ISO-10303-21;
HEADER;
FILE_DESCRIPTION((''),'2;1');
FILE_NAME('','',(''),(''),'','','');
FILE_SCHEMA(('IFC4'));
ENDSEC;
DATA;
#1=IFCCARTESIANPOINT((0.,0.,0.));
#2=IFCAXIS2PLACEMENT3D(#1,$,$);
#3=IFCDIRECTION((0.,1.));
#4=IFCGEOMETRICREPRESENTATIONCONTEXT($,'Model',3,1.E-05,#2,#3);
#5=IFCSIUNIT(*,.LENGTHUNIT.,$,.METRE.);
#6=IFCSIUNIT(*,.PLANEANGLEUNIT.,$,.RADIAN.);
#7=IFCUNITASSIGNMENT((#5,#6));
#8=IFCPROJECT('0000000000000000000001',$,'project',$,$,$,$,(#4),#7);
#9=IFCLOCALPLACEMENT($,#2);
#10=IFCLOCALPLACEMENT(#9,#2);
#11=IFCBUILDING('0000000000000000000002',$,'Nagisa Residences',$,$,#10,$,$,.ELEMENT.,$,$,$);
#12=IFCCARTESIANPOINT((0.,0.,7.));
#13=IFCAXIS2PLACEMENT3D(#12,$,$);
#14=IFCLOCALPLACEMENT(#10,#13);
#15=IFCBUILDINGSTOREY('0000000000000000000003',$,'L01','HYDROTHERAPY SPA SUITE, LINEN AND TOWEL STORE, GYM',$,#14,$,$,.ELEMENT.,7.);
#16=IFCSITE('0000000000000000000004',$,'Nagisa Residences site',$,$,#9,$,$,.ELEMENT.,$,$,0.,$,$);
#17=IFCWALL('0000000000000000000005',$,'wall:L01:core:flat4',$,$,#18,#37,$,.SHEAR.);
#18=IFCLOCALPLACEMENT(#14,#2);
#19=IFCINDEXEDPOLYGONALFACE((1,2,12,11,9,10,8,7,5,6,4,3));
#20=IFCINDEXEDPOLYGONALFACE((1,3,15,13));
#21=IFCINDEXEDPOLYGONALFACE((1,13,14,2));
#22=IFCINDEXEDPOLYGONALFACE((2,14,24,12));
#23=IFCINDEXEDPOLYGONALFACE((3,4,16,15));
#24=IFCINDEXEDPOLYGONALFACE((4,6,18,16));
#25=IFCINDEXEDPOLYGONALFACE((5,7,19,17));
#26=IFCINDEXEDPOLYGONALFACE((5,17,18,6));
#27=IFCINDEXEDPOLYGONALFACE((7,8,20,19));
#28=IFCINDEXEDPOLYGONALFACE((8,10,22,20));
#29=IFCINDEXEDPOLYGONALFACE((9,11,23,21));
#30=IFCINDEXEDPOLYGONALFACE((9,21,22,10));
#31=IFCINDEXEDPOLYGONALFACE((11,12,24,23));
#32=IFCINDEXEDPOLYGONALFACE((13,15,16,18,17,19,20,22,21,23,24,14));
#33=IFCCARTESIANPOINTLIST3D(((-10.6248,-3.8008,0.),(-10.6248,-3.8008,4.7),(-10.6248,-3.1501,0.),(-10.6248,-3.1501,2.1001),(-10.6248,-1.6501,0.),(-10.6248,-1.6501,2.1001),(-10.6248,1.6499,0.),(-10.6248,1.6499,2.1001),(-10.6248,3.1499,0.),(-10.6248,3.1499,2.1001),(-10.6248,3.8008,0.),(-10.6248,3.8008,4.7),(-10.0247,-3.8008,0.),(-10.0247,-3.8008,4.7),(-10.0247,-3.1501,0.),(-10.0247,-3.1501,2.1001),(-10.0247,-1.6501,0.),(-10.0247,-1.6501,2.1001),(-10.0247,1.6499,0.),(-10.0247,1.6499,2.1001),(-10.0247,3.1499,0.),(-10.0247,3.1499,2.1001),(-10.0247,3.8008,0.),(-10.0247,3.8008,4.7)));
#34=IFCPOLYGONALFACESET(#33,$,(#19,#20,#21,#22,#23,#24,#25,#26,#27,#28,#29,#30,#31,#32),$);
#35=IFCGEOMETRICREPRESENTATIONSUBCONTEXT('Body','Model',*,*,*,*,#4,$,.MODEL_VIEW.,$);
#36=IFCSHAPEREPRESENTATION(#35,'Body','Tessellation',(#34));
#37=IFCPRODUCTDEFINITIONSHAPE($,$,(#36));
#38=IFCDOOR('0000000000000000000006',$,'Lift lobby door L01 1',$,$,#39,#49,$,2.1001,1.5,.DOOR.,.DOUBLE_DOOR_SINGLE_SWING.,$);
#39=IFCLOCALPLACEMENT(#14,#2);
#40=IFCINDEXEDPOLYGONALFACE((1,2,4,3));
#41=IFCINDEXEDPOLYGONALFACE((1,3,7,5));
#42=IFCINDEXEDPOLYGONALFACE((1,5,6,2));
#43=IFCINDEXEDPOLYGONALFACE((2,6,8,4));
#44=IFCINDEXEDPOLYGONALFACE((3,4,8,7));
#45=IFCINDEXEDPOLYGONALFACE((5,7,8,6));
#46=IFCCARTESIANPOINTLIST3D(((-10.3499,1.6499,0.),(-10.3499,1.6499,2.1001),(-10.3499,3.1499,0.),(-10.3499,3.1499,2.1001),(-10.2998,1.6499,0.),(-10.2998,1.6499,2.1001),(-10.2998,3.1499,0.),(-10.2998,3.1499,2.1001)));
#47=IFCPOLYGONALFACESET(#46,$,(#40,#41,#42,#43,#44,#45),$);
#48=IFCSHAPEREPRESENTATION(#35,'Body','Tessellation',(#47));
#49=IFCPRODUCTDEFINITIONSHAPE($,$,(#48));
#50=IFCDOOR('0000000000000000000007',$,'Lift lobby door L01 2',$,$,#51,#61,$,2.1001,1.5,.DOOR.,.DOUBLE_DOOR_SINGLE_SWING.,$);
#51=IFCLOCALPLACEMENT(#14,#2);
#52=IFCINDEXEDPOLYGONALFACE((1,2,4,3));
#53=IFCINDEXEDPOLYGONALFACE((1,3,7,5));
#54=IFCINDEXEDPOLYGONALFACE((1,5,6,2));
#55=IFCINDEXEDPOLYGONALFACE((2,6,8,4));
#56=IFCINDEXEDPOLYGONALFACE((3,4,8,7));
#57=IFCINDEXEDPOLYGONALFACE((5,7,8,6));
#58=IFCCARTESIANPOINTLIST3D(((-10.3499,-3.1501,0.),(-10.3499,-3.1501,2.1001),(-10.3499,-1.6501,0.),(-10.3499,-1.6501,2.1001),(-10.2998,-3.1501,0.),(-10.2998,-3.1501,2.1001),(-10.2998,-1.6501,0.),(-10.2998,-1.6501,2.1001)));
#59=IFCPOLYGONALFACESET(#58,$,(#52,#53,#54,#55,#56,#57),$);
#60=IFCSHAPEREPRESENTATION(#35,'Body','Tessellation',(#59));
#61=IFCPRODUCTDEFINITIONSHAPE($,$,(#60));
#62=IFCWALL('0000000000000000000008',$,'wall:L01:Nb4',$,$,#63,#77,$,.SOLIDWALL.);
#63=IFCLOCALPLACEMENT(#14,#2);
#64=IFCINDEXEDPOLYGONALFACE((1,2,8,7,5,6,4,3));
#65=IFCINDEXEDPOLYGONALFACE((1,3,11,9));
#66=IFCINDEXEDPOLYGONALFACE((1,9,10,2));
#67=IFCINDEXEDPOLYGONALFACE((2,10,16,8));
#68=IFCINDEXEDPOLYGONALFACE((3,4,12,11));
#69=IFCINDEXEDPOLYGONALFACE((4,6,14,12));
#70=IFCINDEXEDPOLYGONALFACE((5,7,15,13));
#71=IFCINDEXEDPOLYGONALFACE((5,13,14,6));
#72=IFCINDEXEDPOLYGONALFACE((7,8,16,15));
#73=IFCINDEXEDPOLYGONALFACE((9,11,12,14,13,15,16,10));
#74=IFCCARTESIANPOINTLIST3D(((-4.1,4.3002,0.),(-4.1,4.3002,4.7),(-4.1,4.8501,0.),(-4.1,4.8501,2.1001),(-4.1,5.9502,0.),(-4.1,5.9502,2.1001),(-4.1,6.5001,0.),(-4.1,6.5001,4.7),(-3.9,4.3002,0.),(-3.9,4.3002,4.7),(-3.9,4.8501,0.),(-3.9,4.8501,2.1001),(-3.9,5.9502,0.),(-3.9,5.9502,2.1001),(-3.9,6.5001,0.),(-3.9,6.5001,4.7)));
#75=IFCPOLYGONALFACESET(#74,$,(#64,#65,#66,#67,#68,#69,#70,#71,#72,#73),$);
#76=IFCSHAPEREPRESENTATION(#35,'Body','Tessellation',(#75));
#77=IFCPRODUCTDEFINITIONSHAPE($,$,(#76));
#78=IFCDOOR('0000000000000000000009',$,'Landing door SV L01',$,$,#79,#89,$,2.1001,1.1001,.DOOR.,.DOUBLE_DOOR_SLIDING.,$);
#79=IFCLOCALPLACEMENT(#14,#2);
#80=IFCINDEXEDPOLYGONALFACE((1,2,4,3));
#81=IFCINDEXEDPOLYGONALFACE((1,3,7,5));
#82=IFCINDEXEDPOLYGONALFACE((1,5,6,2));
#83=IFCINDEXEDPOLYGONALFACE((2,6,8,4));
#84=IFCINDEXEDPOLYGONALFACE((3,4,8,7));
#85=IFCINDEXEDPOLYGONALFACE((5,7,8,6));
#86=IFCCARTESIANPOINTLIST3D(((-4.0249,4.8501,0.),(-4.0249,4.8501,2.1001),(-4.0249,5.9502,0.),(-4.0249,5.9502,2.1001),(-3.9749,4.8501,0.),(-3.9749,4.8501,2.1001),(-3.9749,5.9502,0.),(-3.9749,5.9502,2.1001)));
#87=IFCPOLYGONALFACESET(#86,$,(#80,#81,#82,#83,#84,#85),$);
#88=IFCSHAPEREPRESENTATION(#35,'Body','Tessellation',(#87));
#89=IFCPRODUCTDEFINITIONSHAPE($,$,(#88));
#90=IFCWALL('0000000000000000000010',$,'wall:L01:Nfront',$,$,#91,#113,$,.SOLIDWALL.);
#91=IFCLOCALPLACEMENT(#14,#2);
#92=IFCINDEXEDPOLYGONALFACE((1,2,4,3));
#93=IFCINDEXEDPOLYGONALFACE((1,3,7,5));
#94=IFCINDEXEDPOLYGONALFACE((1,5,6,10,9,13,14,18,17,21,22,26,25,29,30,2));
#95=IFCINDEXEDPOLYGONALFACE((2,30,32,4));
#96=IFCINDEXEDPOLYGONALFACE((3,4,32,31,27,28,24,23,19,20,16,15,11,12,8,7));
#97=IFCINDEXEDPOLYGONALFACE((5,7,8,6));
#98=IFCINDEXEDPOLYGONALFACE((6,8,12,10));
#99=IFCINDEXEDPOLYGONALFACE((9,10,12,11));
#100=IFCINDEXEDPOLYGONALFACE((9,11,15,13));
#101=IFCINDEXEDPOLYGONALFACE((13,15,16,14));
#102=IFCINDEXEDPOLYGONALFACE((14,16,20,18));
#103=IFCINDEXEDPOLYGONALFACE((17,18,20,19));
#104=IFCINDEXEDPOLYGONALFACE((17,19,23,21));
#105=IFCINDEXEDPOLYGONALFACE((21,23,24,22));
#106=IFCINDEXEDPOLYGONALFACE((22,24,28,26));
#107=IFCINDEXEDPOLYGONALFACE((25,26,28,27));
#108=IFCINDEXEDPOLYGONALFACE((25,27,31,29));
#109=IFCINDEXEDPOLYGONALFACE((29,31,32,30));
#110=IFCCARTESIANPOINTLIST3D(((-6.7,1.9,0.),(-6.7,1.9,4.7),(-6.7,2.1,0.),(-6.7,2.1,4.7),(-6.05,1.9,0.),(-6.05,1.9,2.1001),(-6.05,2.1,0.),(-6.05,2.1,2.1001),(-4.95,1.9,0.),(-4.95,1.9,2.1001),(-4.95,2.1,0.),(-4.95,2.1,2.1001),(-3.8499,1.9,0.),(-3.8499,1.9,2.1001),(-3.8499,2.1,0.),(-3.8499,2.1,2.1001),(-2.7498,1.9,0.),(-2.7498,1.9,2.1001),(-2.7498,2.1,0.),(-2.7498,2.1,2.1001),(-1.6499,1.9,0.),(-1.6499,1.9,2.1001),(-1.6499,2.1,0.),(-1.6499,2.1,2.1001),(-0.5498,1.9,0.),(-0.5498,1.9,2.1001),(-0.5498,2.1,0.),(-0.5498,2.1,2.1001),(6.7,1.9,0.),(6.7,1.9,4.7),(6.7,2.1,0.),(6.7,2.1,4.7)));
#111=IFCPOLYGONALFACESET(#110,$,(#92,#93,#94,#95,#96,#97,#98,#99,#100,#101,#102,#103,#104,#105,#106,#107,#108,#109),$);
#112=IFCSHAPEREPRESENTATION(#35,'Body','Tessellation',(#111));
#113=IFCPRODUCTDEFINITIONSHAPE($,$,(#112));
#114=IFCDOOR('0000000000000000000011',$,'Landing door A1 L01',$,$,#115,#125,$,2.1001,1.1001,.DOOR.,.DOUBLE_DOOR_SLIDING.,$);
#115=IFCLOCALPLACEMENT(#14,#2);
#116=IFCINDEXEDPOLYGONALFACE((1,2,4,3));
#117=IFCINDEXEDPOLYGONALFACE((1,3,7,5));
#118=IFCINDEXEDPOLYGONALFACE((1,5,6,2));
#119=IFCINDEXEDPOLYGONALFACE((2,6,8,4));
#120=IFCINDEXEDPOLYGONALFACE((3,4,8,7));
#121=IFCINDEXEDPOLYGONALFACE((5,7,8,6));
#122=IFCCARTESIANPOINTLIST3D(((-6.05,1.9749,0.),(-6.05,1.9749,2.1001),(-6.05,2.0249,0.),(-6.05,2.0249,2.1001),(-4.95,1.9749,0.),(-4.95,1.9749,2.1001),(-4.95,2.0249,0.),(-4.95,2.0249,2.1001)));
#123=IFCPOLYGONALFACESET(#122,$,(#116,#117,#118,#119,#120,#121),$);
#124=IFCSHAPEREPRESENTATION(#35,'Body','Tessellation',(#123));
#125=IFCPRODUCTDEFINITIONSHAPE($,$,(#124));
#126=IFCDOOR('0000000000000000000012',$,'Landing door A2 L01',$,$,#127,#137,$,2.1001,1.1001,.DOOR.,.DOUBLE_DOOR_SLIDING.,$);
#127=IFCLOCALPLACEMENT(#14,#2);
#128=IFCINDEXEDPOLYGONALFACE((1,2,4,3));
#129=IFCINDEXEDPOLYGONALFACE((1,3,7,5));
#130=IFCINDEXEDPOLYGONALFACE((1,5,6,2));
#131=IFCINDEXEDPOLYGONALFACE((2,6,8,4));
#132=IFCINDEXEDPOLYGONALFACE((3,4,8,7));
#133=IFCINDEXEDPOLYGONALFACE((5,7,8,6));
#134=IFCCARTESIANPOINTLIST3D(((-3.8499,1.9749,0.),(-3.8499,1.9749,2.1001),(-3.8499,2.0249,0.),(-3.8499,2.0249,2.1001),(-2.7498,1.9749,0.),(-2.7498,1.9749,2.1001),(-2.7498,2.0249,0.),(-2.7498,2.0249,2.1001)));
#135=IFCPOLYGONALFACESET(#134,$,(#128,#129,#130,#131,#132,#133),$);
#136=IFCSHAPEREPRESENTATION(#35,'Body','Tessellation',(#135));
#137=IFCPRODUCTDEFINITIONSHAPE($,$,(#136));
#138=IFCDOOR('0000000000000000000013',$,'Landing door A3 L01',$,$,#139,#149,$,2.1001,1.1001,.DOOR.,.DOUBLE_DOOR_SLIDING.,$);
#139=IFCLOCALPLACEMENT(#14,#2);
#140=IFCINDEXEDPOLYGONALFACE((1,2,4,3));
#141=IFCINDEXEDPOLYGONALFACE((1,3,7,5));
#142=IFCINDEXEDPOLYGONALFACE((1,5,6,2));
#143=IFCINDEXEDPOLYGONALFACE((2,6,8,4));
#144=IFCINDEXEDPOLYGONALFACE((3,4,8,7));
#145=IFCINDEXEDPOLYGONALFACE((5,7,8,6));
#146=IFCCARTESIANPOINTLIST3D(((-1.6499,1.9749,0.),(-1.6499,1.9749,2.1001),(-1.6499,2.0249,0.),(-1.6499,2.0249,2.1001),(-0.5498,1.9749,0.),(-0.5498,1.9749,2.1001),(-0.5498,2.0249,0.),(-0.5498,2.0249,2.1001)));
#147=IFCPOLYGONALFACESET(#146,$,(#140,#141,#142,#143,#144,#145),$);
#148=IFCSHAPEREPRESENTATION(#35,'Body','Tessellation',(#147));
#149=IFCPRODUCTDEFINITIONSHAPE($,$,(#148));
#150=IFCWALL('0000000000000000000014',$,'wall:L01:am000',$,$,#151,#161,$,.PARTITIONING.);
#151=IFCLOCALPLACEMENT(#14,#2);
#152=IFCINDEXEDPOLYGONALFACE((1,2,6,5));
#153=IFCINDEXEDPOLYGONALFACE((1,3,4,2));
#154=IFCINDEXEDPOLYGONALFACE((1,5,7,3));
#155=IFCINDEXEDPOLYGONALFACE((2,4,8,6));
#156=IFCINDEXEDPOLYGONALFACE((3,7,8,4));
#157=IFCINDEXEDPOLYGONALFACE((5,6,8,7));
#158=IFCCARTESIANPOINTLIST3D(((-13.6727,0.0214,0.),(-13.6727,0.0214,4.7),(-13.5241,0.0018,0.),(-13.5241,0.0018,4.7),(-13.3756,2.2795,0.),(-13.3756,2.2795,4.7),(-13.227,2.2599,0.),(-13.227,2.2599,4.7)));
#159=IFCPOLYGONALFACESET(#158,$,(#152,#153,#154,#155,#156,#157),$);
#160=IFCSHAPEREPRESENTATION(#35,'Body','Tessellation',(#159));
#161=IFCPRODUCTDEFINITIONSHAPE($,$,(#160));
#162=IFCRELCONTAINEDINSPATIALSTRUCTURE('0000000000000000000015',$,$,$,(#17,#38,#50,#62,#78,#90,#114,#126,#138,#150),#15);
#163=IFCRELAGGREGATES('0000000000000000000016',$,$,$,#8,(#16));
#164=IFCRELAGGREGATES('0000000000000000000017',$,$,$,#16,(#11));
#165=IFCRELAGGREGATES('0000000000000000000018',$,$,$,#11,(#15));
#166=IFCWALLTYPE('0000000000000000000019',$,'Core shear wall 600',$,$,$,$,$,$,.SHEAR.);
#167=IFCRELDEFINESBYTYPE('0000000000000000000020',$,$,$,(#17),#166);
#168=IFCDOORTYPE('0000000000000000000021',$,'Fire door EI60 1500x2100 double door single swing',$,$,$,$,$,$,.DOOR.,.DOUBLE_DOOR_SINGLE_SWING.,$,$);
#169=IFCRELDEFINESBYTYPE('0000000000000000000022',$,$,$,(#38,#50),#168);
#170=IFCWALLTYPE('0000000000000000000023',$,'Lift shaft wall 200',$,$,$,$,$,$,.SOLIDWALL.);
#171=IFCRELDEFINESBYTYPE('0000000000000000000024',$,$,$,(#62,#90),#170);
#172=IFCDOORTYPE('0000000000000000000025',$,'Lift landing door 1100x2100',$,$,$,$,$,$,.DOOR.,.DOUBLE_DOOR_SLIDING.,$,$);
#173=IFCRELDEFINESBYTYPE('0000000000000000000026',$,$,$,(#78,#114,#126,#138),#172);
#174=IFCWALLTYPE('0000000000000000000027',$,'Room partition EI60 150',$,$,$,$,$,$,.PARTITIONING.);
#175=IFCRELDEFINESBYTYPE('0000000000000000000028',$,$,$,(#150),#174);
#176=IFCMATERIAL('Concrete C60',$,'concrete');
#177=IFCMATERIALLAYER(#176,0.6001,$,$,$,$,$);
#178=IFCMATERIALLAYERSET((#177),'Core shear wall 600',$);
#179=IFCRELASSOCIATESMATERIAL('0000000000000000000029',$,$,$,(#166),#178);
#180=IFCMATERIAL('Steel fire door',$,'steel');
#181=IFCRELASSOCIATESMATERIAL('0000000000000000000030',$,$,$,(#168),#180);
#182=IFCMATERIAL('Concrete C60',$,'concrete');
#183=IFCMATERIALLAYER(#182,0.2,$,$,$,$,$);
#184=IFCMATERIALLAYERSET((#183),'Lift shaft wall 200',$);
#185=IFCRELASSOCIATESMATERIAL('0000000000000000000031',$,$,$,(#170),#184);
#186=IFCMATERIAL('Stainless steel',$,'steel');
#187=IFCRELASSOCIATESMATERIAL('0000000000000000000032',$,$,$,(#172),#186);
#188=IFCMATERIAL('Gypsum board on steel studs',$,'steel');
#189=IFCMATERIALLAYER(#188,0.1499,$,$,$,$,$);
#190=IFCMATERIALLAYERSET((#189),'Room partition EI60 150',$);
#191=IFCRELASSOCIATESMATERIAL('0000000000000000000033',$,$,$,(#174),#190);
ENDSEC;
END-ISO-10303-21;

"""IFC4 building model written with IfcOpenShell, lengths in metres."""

from ifc_helpers import new_model, si_unit, direction, frame, frame_2d, origin, place, context, subcontext, project, spatial, rectangle, extrude, material, layer, layer_set, type_object, element, fill, save


model = new_model("IFC4")

# Units and contexts
model_context = context("Model", 3, precision=1e-05, world=origin(), true_north=direction((0.0, 1.0)))
body_context = subcontext(model_context, "Body", "Model", "MODEL_VIEW")
ifc_project = project(units=[si_unit("LENGTHUNIT", "METRE"), si_unit("PLANEANGLEUNIT", "RADIAN")], contexts=[model_context])

# Site, building, storey
site_placement = place(None, origin())
site = spatial("IfcSite", under=ifc_project, at=site_placement, Name="Nagisa Residences site", CompositionType="ELEMENT", RefElevation=0.0)
building_placement = place(site_placement, origin())
building = spatial("IfcBuilding", under=site, at=building_placement, Name="Nagisa Residences", CompositionType="ELEMENT")
storey_placement = place(building_placement, frame((0.0, 0.0, 7.0)))
storey = spatial("IfcBuildingStorey", under=building, at=storey_placement, Name="L01", Description="HYDROTHERAPY SPA SUITE, LINEN AND TOWEL STORE, GYM", CompositionType="ELEMENT", Elevation=7.0)

# Shared definitions
ifc_material_1 = material(Name="Concrete C60", Category="concrete")
ifc_layer_1 = layer(ifc_material_1, 0.6001)
ifc_layer_set_1 = layer_set([ifc_layer_1], Name="Core shear wall 600")
wall_type_1 = type_object("IfcWallType", Name="Core shear wall 600", PredefinedType="SHEAR", material=ifc_layer_set_1)

# Wall, openings, doors
wall_1_placement = place(storey_placement, frame((-10.3247, 3.8008, 0.0), z_axis=(0.0, 0.0, 1.0), x_axis=(0.0, -1.0, 0.0)))
wall_1 = element("IfcWall", 1, at=wall_1_placement, inside=storey, type_object=wall_type_1, Name="wall:L01:core:flat4", PredefinedType="SHEAR", context=body_context, shape_type="SweptSolid", body=[
    extrude(rectangle(XDim=7.6016, YDim=0.6001, at=frame_2d((3.8008, 0.0))), origin(), (0.0, 0.0, 1.0), 4.7),
])
opening_1_placement = place(wall_1_placement, frame((0.6509, 0.0, 0.0)))
opening_1 = element("IfcOpeningElement", 2, at=opening_1_placement, cuts=wall_1, PredefinedType="OPENING", context=body_context, shape_type="SweptSolid", body=[
    extrude(rectangle(XDim=1.5, YDim=2.1001, at=frame_2d((0.75, 1.05))), frame((0.0, 0.3101, 0.0), z_axis=(0.0, -1.0, 0.0), x_axis=(1.0, 0.0, 0.0)), (0.0, 0.0, 1.0), 0.6201),
])
opening_2_placement = place(wall_1_placement, frame((5.4509, 0.0, 0.0)))
opening_2 = element("IfcOpeningElement", 3, at=opening_2_placement, cuts=wall_1, PredefinedType="OPENING", context=body_context, shape_type="SweptSolid", body=[
    extrude(rectangle(XDim=1.5, YDim=2.1001, at=frame_2d((0.75, 1.05))), frame((0.0, 0.3101, 0.0), z_axis=(0.0, -1.0, 0.0), x_axis=(1.0, 0.0, 0.0)), (0.0, 0.0, 1.0), 0.6201),
])
ifc_material_2 = material(Name="Steel fire door", Category="steel")
door_type_1 = type_object("IfcDoorType", Name="Fire door EI60 1500x2100 double door single swing", OperationType="DOUBLE_DOOR_SINGLE_SWING", PredefinedType="DOOR", material=ifc_material_2)
door_1_placement = place(opening_1_placement, origin())
door_1 = element("IfcDoor", 4, at=door_1_placement, inside=storey, type_object=door_type_1, Name="Lift lobby door L01 1", OperationType="DOUBLE_DOOR_SINGLE_SWING", OverallHeight=2.1001, OverallWidth=1.5, PredefinedType="DOOR", context=body_context, shape_type="SweptSolid", body=[
    extrude(rectangle(XDim=1.5, YDim=2.1001, at=frame_2d((0.75, 1.05))), frame((0.0, 0.0249, 0.0), z_axis=(0.0, -1.0, 0.0), x_axis=(1.0, 0.0, 0.0)), (0.0, 0.0, 1.0), 0.05),
])
fill(opening_1, door_1)
door_2_placement = place(opening_2_placement, origin())
door_2 = element("IfcDoor", 5, at=door_2_placement, inside=storey, type_object=door_type_1, Name="Lift lobby door L01 2", OperationType="DOUBLE_DOOR_SINGLE_SWING", OverallHeight=2.1001, OverallWidth=1.5, PredefinedType="DOOR", context=body_context, shape_type="SweptSolid", body=[
    extrude(rectangle(XDim=1.5, YDim=2.1001, at=frame_2d((0.75, 1.05))), frame((0.0, 0.0249, 0.0), z_axis=(0.0, -1.0, 0.0), x_axis=(1.0, 0.0, 0.0)), (0.0, 0.0, 1.0), 0.05),
])
fill(opening_2, door_2)

# Wall, opening, door
ifc_material_3 = material(Name="Concrete C60", Category="concrete")
ifc_layer_2 = layer(ifc_material_3, 0.2)
ifc_layer_set_2 = layer_set([ifc_layer_2], Name="Lift shaft wall 200")
wall_type_2 = type_object("IfcWallType", Name="Lift shaft wall 200", PredefinedType="SOLIDWALL", material=ifc_layer_set_2)
wall_2_placement = place(storey_placement, frame((-4.0, 4.3, 0.0), z_axis=(0.0, 0.0, 1.0), x_axis=(0.0, 1.0, 0.0)))
wall_2 = element("IfcWall", 6, at=wall_2_placement, inside=storey, type_object=wall_type_2, Name="wall:L01:Nb4", PredefinedType="SOLIDWALL", context=body_context, shape_type="SweptSolid", body=[
    extrude(rectangle(XDim=2.2, YDim=0.2, at=frame_2d((1.1001, 0.0))), origin(), (0.0, 0.0, 1.0), 4.7),
])
opening_3_placement = place(wall_2_placement, frame((0.55, 0.0, 0.0)))
opening_3 = element("IfcOpeningElement", 7, at=opening_3_placement, cuts=wall_2, PredefinedType="OPENING", context=body_context, shape_type="SweptSolid", body=[
    extrude(rectangle(XDim=1.1001, YDim=2.1001, at=frame_2d((0.55, 1.05))), frame((0.0, 0.1099, 0.0), z_axis=(0.0, -1.0, 0.0), x_axis=(1.0, 0.0, 0.0)), (0.0, 0.0, 1.0), 0.22),
])
ifc_material_4 = material(Name="Stainless steel", Category="steel")
door_type_2 = type_object("IfcDoorType", Name="Lift landing door 1100x2100", OperationType="DOUBLE_DOOR_SLIDING", PredefinedType="DOOR", material=ifc_material_4)
door_3_placement = place(opening_3_placement, origin())
door_3 = element("IfcDoor", 8, at=door_3_placement, inside=storey, type_object=door_type_2, Name="Landing door SV L01", OperationType="DOUBLE_DOOR_SLIDING", OverallHeight=2.1001, OverallWidth=1.1001, PredefinedType="DOOR", context=body_context, shape_type="SweptSolid", body=[
    extrude(rectangle(XDim=1.1001, YDim=2.1001, at=frame_2d((0.55, 1.05))), frame((0.0, 0.0249, 0.0), z_axis=(0.0, -1.0, 0.0), x_axis=(1.0, 0.0, 0.0)), (0.0, 0.0, 1.0), 0.05),
])
fill(opening_3, door_3)

# Wall, openings, doors
wall_3_placement = place(storey_placement, frame((-6.7, 2.0, 0.0), z_axis=(0.0, 0.0, 1.0), x_axis=(1.0, 0.0, 0.0)))
wall_3 = element("IfcWall", 9, at=wall_3_placement, inside=storey, type_object=wall_type_2, Name="wall:L01:Nfront", PredefinedType="SOLIDWALL", context=body_context, shape_type="SweptSolid", body=[
    extrude(rectangle(XDim=13.3999, YDim=0.2, at=frame_2d((6.7, 0.0))), origin(), (0.0, 0.0, 1.0), 4.7),
])
opening_4_placement = place(wall_3_placement, frame((0.6499, 0.0, 0.0)))
opening_4 = element("IfcOpeningElement", 10, at=opening_4_placement, cuts=wall_3, PredefinedType="OPENING", context=body_context, shape_type="SweptSolid", body=[
    extrude(rectangle(XDim=1.1001, YDim=2.1001, at=frame_2d((0.55, 1.05))), frame((0.0, 0.1099, 0.0), z_axis=(0.0, -1.0, 0.0), x_axis=(1.0, 0.0, 0.0)), (0.0, 0.0, 1.0), 0.22),
])
opening_5_placement = place(wall_3_placement, frame((2.8501, 0.0, 0.0)))
opening_5 = element("IfcOpeningElement", 11, at=opening_5_placement, cuts=wall_3, PredefinedType="OPENING", context=body_context, shape_type="SweptSolid", body=[
    extrude(rectangle(XDim=1.1001, YDim=2.1001, at=frame_2d((0.55, 1.05))), frame((0.0, 0.1099, 0.0), z_axis=(0.0, -1.0, 0.0), x_axis=(1.0, 0.0, 0.0)), (0.0, 0.0, 1.0), 0.22),
])
opening_6_placement = place(wall_3_placement, frame((5.05, 0.0, 0.0)))
opening_6 = element("IfcOpeningElement", 12, at=opening_6_placement, cuts=wall_3, PredefinedType="OPENING", context=body_context, shape_type="SweptSolid", body=[
    extrude(rectangle(XDim=1.1001, YDim=2.1001, at=frame_2d((0.55, 1.05))), frame((0.0, 0.1099, 0.0), z_axis=(0.0, -1.0, 0.0), x_axis=(1.0, 0.0, 0.0)), (0.0, 0.0, 1.0), 0.22),
])
door_4_placement = place(opening_4_placement, origin())
door_4 = element("IfcDoor", 13, at=door_4_placement, inside=storey, type_object=door_type_2, Name="Landing door A1 L01", OperationType="DOUBLE_DOOR_SLIDING", OverallHeight=2.1001, OverallWidth=1.1001, PredefinedType="DOOR", context=body_context, shape_type="SweptSolid", body=[
    extrude(rectangle(XDim=1.1001, YDim=2.1001, at=frame_2d((0.55, 1.05))), frame((0.0, 0.0249, 0.0), z_axis=(0.0, -1.0, 0.0), x_axis=(1.0, 0.0, 0.0)), (0.0, 0.0, 1.0), 0.05),
])
fill(opening_4, door_4)
door_5_placement = place(opening_5_placement, origin())
door_5 = element("IfcDoor", 14, at=door_5_placement, inside=storey, type_object=door_type_2, Name="Landing door A2 L01", OperationType="DOUBLE_DOOR_SLIDING", OverallHeight=2.1001, OverallWidth=1.1001, PredefinedType="DOOR", context=body_context, shape_type="SweptSolid", body=[
    extrude(rectangle(XDim=1.1001, YDim=2.1001, at=frame_2d((0.55, 1.05))), frame((0.0, 0.0249, 0.0), z_axis=(0.0, -1.0, 0.0), x_axis=(1.0, 0.0, 0.0)), (0.0, 0.0, 1.0), 0.05),
])
fill(opening_5, door_5)
door_6_placement = place(opening_6_placement, origin())
door_6 = element("IfcDoor", 15, at=door_6_placement, inside=storey, type_object=door_type_2, Name="Landing door A3 L01", OperationType="DOUBLE_DOOR_SLIDING", OverallHeight=2.1001, OverallWidth=1.1001, PredefinedType="DOOR", context=body_context, shape_type="SweptSolid", body=[
    extrude(rectangle(XDim=1.1001, YDim=2.1001, at=frame_2d((0.55, 1.05))), frame((0.0, 0.0249, 0.0), z_axis=(0.0, -1.0, 0.0), x_axis=(1.0, 0.0, 0.0)), (0.0, 0.0, 1.0), 0.05),
])
fill(opening_6, door_6)

# Wall
ifc_material_5 = material(Name="Gypsum board on steel studs", Category="steel")
ifc_layer_3 = layer(ifc_material_5, 0.1499)
ifc_layer_set_3 = layer_set([ifc_layer_3], Name="Room partition EI60 150")
wall_type_3 = type_object("IfcWallType", Name="Room partition EI60 150", PredefinedType="PARTITIONING", material=ifc_layer_set_3)
wall_4_placement = place(storey_placement, frame((-13.5984, 0.0117, 0.0), z_axis=(0.0, 0.0, 1.0), x_axis=(0.130457, 0.991454, 0.0)))
element("IfcWall", 16, at=wall_4_placement, inside=storey, type_object=wall_type_3, Name="wall:L01:am000", PredefinedType="PARTITIONING", context=body_context, shape_type="SweptSolid", body=[
    extrude(rectangle(XDim=2.2776, YDim=0.1499, at=frame_2d((1.1387, 0.0))), origin(), (0.0, 0.0, 1.0), 4.7),
])

save(model, "model.ifc")
